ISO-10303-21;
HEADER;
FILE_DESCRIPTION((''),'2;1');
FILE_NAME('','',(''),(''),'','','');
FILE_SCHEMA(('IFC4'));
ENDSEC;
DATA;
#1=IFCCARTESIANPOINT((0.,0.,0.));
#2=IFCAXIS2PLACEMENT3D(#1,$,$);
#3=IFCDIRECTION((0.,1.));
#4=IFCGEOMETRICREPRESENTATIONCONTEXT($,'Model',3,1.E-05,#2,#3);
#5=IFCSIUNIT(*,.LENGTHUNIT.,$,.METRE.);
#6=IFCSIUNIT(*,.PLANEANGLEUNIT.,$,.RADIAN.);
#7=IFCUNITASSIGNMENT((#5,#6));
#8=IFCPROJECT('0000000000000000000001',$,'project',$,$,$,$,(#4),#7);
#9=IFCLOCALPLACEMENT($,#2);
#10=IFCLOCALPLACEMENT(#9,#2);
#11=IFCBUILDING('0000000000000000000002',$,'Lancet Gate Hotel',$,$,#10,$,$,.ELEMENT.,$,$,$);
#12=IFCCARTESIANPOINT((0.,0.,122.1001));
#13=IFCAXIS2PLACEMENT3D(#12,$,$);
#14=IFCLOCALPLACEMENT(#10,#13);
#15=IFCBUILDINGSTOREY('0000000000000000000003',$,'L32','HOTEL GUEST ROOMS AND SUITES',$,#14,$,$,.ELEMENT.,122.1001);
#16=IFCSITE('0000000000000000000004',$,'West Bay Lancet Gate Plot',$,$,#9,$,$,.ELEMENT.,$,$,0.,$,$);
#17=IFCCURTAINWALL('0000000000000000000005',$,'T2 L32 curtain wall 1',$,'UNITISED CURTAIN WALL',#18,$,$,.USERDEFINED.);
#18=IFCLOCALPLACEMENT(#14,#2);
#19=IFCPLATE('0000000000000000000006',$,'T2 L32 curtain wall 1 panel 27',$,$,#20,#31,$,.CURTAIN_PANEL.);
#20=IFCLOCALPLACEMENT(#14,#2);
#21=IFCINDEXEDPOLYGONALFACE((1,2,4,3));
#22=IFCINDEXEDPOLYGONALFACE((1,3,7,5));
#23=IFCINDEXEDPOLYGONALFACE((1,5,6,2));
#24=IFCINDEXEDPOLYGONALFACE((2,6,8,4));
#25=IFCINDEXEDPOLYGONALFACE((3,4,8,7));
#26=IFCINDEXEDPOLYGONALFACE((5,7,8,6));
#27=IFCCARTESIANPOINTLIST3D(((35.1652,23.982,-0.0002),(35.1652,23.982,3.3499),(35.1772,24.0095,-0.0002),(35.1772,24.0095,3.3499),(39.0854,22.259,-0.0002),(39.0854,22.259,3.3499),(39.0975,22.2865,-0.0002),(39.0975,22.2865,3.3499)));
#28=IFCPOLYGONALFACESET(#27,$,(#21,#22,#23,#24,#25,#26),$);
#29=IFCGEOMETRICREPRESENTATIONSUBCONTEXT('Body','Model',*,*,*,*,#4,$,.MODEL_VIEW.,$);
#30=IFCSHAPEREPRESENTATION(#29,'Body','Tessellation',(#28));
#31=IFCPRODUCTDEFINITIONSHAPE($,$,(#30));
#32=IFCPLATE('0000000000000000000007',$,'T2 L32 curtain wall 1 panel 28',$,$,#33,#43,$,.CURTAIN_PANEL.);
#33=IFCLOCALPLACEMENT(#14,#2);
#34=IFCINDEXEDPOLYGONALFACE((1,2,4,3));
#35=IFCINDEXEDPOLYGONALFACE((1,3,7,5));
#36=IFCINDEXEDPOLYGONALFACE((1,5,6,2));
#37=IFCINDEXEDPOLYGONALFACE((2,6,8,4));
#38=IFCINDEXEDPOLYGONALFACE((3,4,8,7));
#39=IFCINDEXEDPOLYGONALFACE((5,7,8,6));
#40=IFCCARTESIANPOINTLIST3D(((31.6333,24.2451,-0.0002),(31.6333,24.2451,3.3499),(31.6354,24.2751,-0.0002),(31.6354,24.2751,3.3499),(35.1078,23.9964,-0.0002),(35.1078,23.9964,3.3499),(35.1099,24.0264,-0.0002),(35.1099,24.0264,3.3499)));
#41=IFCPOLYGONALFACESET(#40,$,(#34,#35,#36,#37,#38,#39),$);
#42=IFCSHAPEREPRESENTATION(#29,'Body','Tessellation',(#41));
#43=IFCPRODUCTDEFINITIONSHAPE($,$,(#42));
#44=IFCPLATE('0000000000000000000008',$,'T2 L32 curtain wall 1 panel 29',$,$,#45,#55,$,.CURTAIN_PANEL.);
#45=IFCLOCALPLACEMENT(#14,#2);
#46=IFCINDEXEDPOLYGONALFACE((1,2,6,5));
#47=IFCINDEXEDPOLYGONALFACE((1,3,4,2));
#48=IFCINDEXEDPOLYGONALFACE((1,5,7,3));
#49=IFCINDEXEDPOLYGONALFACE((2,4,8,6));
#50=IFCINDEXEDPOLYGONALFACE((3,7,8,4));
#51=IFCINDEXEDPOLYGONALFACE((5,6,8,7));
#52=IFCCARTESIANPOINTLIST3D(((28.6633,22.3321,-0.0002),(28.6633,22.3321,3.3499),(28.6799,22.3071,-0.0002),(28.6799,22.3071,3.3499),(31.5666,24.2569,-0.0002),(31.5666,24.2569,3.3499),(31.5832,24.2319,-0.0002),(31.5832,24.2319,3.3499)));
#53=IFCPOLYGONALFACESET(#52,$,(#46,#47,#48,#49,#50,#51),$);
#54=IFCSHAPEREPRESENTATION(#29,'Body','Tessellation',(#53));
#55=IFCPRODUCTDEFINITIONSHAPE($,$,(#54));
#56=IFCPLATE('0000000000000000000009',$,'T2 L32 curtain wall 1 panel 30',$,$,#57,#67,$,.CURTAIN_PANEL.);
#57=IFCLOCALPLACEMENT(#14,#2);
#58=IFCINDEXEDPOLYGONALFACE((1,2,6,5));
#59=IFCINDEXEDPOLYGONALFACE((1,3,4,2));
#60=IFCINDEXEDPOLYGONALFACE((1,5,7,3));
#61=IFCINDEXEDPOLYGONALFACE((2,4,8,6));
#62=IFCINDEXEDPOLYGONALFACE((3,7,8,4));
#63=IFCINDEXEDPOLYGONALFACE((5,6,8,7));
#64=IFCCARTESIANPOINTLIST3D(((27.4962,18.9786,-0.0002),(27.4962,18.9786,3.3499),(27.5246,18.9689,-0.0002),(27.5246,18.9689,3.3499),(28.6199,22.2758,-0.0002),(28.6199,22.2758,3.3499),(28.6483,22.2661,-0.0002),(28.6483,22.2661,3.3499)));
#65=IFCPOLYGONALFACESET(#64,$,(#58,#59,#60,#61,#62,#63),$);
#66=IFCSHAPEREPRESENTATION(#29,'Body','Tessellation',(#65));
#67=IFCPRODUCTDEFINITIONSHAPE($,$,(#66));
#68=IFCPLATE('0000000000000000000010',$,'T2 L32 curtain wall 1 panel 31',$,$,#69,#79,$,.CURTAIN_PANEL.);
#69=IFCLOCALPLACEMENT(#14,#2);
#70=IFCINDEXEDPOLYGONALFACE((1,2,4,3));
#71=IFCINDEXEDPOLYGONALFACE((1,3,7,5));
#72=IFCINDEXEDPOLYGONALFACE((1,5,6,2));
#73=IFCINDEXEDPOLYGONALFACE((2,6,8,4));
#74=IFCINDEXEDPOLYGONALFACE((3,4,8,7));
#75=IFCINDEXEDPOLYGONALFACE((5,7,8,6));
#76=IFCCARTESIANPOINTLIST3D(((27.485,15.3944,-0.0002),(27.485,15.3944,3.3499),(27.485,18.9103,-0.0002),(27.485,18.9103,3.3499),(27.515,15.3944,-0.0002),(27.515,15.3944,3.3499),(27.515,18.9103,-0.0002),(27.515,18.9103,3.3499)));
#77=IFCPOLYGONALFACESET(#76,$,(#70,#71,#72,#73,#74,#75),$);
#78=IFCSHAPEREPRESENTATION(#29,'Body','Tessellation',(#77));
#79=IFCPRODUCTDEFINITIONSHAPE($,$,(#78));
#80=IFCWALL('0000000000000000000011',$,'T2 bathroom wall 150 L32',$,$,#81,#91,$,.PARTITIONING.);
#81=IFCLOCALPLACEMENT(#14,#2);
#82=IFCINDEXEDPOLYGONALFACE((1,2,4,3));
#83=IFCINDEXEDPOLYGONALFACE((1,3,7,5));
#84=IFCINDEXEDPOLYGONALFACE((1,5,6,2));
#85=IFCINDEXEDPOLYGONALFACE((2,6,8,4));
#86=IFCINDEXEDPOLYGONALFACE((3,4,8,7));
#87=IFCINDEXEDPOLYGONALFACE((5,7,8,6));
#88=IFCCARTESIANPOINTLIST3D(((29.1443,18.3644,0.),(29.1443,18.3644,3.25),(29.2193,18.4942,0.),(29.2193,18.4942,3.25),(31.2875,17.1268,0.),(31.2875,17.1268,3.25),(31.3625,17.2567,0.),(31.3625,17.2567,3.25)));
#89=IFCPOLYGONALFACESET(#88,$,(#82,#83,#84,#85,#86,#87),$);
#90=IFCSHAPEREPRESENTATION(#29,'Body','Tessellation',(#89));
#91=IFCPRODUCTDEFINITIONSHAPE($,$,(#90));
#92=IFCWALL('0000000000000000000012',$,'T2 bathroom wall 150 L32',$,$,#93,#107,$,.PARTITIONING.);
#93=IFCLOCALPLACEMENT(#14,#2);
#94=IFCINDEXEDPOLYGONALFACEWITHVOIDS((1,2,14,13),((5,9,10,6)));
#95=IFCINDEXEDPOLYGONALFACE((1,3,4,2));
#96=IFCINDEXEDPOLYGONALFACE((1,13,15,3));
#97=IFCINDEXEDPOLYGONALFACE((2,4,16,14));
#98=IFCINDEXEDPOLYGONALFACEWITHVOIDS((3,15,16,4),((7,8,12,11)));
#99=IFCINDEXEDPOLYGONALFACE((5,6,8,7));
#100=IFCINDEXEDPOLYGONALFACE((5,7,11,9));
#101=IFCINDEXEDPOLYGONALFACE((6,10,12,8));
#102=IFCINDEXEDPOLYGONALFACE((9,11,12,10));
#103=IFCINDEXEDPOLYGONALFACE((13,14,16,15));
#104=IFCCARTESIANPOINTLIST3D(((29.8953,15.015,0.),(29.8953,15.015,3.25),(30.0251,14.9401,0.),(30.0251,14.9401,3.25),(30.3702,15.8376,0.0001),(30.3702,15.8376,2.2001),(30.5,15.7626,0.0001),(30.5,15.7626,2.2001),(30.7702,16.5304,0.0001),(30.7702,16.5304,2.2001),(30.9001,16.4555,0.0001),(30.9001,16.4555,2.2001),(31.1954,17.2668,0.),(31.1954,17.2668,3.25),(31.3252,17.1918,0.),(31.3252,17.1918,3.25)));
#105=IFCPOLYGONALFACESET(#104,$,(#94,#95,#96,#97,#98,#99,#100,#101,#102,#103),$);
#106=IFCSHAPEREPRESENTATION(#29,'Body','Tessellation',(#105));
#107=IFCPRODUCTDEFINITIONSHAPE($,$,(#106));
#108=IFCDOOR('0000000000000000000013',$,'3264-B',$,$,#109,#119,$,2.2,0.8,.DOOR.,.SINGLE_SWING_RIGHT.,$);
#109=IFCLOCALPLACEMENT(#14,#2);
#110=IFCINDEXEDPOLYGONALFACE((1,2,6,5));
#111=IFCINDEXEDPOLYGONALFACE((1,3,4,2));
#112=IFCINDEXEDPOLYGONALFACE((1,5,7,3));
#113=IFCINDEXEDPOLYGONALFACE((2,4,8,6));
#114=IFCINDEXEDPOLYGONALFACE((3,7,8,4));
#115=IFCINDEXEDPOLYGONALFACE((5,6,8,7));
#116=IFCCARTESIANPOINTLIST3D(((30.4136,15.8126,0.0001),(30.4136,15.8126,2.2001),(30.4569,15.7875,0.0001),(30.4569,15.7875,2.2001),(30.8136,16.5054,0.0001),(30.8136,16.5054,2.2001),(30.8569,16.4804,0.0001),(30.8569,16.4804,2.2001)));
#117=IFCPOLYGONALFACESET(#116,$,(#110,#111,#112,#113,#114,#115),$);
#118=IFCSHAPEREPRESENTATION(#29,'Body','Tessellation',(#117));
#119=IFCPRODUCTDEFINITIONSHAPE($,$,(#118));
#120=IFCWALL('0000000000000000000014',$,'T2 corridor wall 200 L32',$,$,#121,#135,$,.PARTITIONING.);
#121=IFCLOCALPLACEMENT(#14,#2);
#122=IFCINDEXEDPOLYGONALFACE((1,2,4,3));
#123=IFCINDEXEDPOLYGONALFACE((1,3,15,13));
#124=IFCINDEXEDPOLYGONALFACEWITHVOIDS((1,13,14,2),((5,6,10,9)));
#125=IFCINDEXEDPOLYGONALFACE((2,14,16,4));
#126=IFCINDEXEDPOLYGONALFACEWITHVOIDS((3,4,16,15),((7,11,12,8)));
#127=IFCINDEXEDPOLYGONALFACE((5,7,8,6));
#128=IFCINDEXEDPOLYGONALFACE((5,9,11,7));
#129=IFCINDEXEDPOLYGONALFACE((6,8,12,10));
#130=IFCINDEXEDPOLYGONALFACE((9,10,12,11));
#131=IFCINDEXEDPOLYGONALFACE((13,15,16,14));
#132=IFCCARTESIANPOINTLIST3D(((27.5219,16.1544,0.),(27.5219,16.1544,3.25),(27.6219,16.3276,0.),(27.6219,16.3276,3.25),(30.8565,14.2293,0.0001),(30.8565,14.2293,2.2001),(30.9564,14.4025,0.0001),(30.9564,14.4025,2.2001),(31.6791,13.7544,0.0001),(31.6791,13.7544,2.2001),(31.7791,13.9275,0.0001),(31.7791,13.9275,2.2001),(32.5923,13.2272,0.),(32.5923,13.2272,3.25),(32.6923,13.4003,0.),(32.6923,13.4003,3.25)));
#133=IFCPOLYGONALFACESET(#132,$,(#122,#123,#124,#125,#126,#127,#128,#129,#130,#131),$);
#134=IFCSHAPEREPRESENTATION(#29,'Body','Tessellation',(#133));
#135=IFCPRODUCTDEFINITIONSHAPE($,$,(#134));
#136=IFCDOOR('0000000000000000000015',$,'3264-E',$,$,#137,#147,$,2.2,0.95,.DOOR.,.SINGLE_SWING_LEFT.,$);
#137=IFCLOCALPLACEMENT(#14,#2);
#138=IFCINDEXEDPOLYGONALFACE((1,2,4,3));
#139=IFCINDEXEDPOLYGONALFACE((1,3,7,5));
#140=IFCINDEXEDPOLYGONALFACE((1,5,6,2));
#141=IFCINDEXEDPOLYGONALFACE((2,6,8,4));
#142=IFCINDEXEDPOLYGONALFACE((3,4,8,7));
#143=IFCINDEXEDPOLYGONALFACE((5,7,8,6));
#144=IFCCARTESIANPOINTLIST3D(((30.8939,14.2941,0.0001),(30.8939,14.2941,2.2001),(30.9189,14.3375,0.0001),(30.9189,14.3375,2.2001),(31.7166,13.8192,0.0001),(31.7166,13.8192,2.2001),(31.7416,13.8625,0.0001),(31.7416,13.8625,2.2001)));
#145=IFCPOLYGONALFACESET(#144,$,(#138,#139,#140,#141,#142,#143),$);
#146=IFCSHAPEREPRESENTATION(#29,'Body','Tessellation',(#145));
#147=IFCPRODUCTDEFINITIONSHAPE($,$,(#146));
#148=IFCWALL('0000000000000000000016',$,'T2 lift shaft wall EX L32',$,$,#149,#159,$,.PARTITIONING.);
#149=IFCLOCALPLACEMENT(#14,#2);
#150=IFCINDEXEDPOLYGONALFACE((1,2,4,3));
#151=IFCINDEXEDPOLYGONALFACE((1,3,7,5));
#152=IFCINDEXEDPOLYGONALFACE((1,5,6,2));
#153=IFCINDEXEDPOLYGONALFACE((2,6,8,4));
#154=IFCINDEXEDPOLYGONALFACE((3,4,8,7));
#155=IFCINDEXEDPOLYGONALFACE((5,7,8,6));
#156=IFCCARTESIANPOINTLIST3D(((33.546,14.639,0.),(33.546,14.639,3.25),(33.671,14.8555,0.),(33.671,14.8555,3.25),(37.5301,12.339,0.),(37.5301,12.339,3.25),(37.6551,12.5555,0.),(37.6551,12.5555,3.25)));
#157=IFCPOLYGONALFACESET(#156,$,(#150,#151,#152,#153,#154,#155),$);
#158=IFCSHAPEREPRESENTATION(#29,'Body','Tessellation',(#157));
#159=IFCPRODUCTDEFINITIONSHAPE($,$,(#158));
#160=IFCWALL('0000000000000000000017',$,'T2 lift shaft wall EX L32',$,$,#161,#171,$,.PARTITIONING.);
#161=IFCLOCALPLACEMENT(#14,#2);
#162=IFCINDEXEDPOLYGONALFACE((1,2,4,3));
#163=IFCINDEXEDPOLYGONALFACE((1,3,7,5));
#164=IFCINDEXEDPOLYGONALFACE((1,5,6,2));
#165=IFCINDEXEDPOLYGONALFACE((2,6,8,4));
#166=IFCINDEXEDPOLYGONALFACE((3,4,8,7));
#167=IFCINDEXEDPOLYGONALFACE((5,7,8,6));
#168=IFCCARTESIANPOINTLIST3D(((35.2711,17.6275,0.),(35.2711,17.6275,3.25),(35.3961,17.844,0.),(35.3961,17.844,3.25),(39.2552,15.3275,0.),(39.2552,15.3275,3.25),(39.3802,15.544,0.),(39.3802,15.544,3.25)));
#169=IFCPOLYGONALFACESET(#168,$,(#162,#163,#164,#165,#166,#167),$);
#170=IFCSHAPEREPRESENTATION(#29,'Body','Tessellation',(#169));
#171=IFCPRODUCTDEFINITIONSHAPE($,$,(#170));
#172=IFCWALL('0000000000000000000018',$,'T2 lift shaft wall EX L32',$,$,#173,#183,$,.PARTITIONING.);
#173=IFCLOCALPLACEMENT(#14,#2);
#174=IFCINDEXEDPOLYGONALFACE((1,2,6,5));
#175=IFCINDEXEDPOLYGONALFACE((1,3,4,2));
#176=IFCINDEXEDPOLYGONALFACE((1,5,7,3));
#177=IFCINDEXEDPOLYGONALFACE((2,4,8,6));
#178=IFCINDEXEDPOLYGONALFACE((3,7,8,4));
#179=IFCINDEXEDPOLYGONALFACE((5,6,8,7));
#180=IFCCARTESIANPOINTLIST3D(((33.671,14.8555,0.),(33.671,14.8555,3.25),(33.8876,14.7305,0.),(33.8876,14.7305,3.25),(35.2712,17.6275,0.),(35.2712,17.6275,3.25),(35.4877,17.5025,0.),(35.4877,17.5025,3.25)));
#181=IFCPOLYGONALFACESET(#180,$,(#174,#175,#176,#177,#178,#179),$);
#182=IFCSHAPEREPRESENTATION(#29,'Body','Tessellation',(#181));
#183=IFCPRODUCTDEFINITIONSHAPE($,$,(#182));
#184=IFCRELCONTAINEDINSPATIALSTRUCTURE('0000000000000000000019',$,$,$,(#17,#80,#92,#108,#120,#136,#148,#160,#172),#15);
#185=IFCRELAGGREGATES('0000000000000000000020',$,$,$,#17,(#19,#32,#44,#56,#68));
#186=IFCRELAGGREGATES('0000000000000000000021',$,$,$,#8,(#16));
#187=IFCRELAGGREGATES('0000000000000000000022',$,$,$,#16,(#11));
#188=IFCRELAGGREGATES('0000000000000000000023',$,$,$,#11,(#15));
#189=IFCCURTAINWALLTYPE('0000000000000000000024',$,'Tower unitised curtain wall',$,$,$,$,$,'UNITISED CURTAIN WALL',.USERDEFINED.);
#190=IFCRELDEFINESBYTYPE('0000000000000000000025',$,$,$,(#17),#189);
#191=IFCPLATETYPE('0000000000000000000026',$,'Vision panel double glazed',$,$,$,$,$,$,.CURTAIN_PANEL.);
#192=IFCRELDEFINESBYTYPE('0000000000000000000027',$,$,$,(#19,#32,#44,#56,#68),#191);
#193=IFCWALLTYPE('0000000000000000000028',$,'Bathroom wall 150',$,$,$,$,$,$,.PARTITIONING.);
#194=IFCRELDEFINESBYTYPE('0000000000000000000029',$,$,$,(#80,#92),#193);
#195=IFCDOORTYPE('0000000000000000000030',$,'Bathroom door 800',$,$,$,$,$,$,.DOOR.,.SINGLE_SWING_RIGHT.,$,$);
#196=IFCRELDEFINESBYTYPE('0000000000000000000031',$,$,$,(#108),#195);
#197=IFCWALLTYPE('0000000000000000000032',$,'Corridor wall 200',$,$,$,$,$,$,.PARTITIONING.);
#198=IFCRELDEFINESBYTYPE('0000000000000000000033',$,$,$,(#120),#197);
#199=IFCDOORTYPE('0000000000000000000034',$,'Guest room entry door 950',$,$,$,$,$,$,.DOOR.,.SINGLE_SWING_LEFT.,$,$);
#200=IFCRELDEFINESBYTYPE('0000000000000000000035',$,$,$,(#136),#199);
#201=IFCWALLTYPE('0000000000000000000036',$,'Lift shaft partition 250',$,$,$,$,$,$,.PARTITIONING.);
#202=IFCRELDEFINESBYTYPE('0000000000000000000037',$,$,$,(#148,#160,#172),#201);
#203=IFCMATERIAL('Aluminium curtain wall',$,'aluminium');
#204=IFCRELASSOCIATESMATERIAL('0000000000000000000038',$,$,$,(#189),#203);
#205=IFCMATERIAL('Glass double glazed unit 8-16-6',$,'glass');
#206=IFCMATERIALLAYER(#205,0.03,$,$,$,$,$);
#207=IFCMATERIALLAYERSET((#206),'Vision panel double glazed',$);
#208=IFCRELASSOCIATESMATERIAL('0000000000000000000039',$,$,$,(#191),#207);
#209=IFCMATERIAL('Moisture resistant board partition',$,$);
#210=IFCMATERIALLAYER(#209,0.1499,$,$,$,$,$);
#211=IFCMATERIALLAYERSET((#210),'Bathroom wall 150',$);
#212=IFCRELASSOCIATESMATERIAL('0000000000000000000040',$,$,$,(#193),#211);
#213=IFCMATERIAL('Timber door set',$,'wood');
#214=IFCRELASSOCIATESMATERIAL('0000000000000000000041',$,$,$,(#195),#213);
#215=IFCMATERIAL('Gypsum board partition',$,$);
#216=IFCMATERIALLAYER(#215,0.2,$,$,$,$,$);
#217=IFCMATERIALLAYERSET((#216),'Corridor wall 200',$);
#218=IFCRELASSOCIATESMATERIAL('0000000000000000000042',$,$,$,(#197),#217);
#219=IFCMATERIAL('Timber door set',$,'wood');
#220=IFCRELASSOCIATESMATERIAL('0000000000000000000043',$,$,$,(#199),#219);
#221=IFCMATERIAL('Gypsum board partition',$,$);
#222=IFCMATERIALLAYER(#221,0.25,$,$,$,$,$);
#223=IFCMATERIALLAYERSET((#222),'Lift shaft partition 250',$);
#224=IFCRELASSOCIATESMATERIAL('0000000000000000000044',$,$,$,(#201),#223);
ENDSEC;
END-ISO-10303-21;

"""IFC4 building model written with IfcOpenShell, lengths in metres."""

from ifc_helpers import new_model, si_unit, direction, frame, frame_2d, origin, origin_2d, place, context, subcontext, project, spatial, rectangle, extrude, material, layer, layer_set, type_object, element, fill, aggregate, save


model = new_model("IFC4")

# Units and contexts
model_context = context("Model", 3, precision=1e-05, world=origin(), true_north=direction((0.0, 1.0)))
body_context = subcontext(model_context, "Body", "Model", "MODEL_VIEW")
ifc_project = project(units=[si_unit("LENGTHUNIT", "METRE"), si_unit("PLANEANGLEUNIT", "RADIAN")], contexts=[model_context])

# Site, building, storey
site_placement = place(None, origin())
site = spatial("IfcSite", under=ifc_project, at=site_placement, Name="West Bay Lancet Gate Plot", CompositionType="ELEMENT", RefElevation=0.0)
building_placement = place(site_placement, origin())
building = spatial("IfcBuilding", under=site, at=building_placement, Name="Lancet Gate Hotel", CompositionType="ELEMENT")
storey_placement = place(building_placement, frame((0.0, 0.0, 122.1001)))
storey = spatial("IfcBuildingStorey", under=building, at=storey_placement, Name="L32", Description="HOTEL GUEST ROOMS AND SUITES", CompositionType="ELEMENT", Elevation=122.1001)

# Curtain wall
ifc_material_1 = material(Name="Aluminium curtain wall", Category="aluminium")
curtain_wall_type = type_object("IfcCurtainWallType", Name="Tower unitised curtain wall", ElementType="UNITISED CURTAIN WALL", PredefinedType="USERDEFINED", material=ifc_material_1)
curtain_wall_placement = place(storey_placement, origin())
curtain_wall = element("IfcCurtainWall", 1, at=curtain_wall_placement, inside=storey, type_object=curtain_wall_type, Name="T2 L32 curtain wall 1", ObjectType="UNITISED CURTAIN WALL", PredefinedType="USERDEFINED")

# Plates
ifc_material_2 = material(Name="Glass double glazed unit 8-16-6", Category="glass")
ifc_layer_1 = layer(ifc_material_2, 0.03)
ifc_layer_set_1 = layer_set([ifc_layer_1], Name="Vision panel double glazed")
plate_type = type_object("IfcPlateType", Name="Vision panel double glazed", PredefinedType="CURTAIN_PANEL", material=ifc_layer_set_1)
plate_1_placement = place(storey_placement, frame((37.1313, 23.1343, -0.0002), z_axis=(0.0, 0.0, 1.0), x_axis=(-0.915479, 0.402367, 0.0)))
plate_1 = element("IfcPlate", 2, at=plate_1_placement, type_object=plate_type, Name="T2 L32 curtain wall 1 panel 27", PredefinedType="CURTAIN_PANEL", context=body_context, shape_type="SweptSolid", body=[
    extrude(rectangle(XDim=4.2822, YDim=0.03, at=origin_2d()), origin(), (0.0, 0.0, 1.0), 3.3501),
])
plate_2_placement = place(storey_placement, frame((33.3716, 24.1357, -0.0002), z_axis=(0.0, 0.0, 1.0), x_axis=(-0.997448, 0.07139, 0.0)))
plate_2 = element("IfcPlate", 3, at=plate_2_placement, type_object=plate_type, Name="T2 L32 curtain wall 1 panel 28", PredefinedType="CURTAIN_PANEL", context=body_context, shape_type="SweptSolid", body=[
    extrude(rectangle(XDim=3.4834, YDim=0.03, at=origin_2d()), origin(), (0.0, 0.0, 1.0), 3.3501),
])
plate_3_placement = place(storey_placement, frame((30.1233, 23.282, -0.0002), z_axis=(0.0, 0.0, 1.0), x_axis=(-0.833465, -0.552573, 0.0)))
plate_3 = element("IfcPlate", 4, at=plate_3_placement, type_object=plate_type, Name="T2 L32 curtain wall 1 panel 29", PredefinedType="CURTAIN_PANEL", context=body_context, shape_type="SweptSolid", body=[
    extrude(rectangle(XDim=3.4834, YDim=0.03, at=origin_2d()), origin(), (0.0, 0.0, 1.0), 3.3501),
])
plate_4_placement = place(storey_placement, frame((28.0723, 20.6223, -0.0002), z_axis=(0.0, 0.0, 1.0), x_axis=(-0.322576, -0.946544, 0.0)))
plate_4 = element("IfcPlate", 5, at=plate_4_placement, type_object=plate_type, Name="T2 L32 curtain wall 1 panel 30", PredefinedType="CURTAIN_PANEL", context=body_context, shape_type="SweptSolid", body=[
    extrude(rectangle(XDim=3.4834, YDim=0.03, at=origin_2d()), origin(), (0.0, 0.0, 1.0), 3.3501),
])
plate_5_placement = place(storey_placement, frame((27.5, 17.1523, -0.0002), z_axis=(0.0, 0.0, 1.0), x_axis=(0.0, -1.0, 0.0)))
plate_5 = element("IfcPlate", 6, at=plate_5_placement, type_object=plate_type, Name="T2 L32 curtain wall 1 panel 31", PredefinedType="CURTAIN_PANEL", context=body_context, shape_type="SweptSolid", body=[
    extrude(rectangle(XDim=3.5159, YDim=0.03, at=origin_2d()), origin(), (0.0, 0.0, 1.0), 3.3501),
])
aggregate(curtain_wall, [plate_1, plate_2, plate_3, plate_4, plate_5])

# Wall
ifc_material_3 = material(Name="Moisture resistant board partition")
ifc_layer_2 = layer(ifc_material_3, 0.1499)
ifc_layer_set_2 = layer_set([ifc_layer_2], Name="Bathroom wall 150")
wall_type_1 = type_object("IfcWallType", Name="Bathroom wall 150", PredefinedType="PARTITIONING", material=ifc_layer_set_2)
wall_1_placement = place(storey_placement, frame((29.1819, 18.4292, 0.0), z_axis=(0.0, 0.0, 1.0), x_axis=(0.866007, -0.500033, 0.0)))
element("IfcWall", 7, at=wall_1_placement, inside=storey, type_object=wall_type_1, Name="T2 bathroom wall 150 L32", PredefinedType="PARTITIONING", context=body_context, shape_type="SweptSolid", body=[
    extrude(rectangle(XDim=2.4749, YDim=0.1499, at=frame_2d((1.2373, 0.0))), origin(), (0.0, 0.0, 1.0), 3.25),
])

# Walls, openings, doors
wall_2_placement = place(storey_placement, frame((29.9602, 14.9775, 0.0), z_axis=(0.0, 0.0, 1.0), x_axis=(0.500007, 0.866021, 0.0)))
wall_2 = element("IfcWall", 8, at=wall_2_placement, inside=storey, type_object=wall_type_1, Name="T2 bathroom wall 150 L32", PredefinedType="PARTITIONING", context=body_context, shape_type="SweptSolid", body=[
    extrude(rectangle(XDim=2.6001, YDim=0.1499, at=frame_2d((1.3, 0.0))), origin(), (0.0, 0.0, 1.0), 3.25),
])
opening_1_placement = place(wall_2_placement, frame((0.95, 0.0, 0.0)))
opening_1 = element("IfcOpeningElement", 9, at=opening_1_placement, cuts=wall_2, PredefinedType="OPENING", context=body_context, shape_type="SweptSolid", body=[
    extrude(rectangle(XDim=0.8, YDim=2.2, at=frame_2d((0.3999, 1.1001))), frame((0.0, 0.085, 0.0), z_axis=(0.0, -1.0, 0.0), x_axis=(1.0, 0.0, 0.0)), (0.0, 0.0, 1.0), 0.1699),
])
ifc_material_4 = material(Name="Timber door set", Category="wood")
door_type_1 = type_object("IfcDoorType", Name="Bathroom door 800", OperationType="SINGLE_SWING_RIGHT", PredefinedType="DOOR", material=ifc_material_4)
door_1_placement = place(opening_1_placement, origin())
door_1 = element("IfcDoor", 10, at=door_1_placement, inside=storey, type_object=door_type_1, Name="3264-B", OperationType="SINGLE_SWING_RIGHT", OverallHeight=2.2, OverallWidth=0.8, PredefinedType="DOOR", context=body_context, shape_type="SweptSolid", body=[
    extrude(rectangle(XDim=0.8, YDim=2.2, at=frame_2d((0.3999, 1.1001))), frame((0.0, 0.0249, 0.0), z_axis=(0.0, -1.0, 0.0), x_axis=(1.0, 0.0, 0.0)), (0.0, 0.0, 1.0), 0.05),
])
fill(opening_1, door_1)
ifc_material_5 = material(Name="Gypsum board partition")
ifc_layer_3 = layer(ifc_material_5, 0.2)
ifc_layer_set_3 = layer_set([ifc_layer_3], Name="Corridor wall 200")
wall_type_2 = type_object("IfcWallType", Name="Corridor wall 200", PredefinedType="PARTITIONING", material=ifc_layer_set_3)
wall_3_placement = place(storey_placement, frame((27.572, 16.241, 0.0), z_axis=(0.0, 0.0, 1.0), x_axis=(0.866033, -0.499987, 0.0)))
wall_3 = element("IfcWall", 11, at=wall_3_placement, inside=storey, type_object=wall_type_2, Name="T2 corridor wall 200 L32", PredefinedType="PARTITIONING", context=body_context, shape_type="SweptSolid", body=[
    extrude(rectangle(XDim=5.8547, YDim=0.2, at=frame_2d((2.9272, 0.0))), origin(), (0.0, 0.0, 1.0), 3.25),
])
opening_2_placement = place(wall_3_placement, frame((3.8501, 0.0, 0.0)))
opening_2 = element("IfcOpeningElement", 12, at=opening_2_placement, cuts=wall_3, PredefinedType="OPENING", context=body_context, shape_type="SweptSolid", body=[
    extrude(rectangle(XDim=0.95, YDim=2.2, at=frame_2d((0.4751, 1.1001))), frame((0.0, 0.1099, 0.0), z_axis=(0.0, -1.0, 0.0), x_axis=(1.0, 0.0, 0.0)), (0.0, 0.0, 1.0), 0.22),
])
ifc_material_6 = material(Name="Timber door set", Category="wood")
door_type_2 = type_object("IfcDoorType", Name="Guest room entry door 950", OperationType="SINGLE_SWING_LEFT", PredefinedType="DOOR", material=ifc_material_6)
door_2_placement = place(opening_2_placement, origin())
door_2 = element("IfcDoor", 13, at=door_2_placement, inside=storey, type_object=door_type_2, Name="3264-E", OperationType="SINGLE_SWING_LEFT", OverallHeight=2.2, OverallWidth=0.95, PredefinedType="DOOR", context=body_context, shape_type="SweptSolid", body=[
    extrude(rectangle(XDim=0.95, YDim=2.2, at=frame_2d((0.4751, 1.1001))), frame((0.0, 0.0249, 0.0), z_axis=(0.0, -1.0, 0.0), x_axis=(1.0, 0.0, 0.0)), (0.0, 0.0, 1.0), 0.05),
])
fill(opening_2, door_2)

# Walls
ifc_material_7 = material(Name="Gypsum board partition")
ifc_layer_4 = layer(ifc_material_7, 0.25)
ifc_layer_set_4 = layer_set([ifc_layer_4], Name="Lift shaft partition 250")
wall_type_3 = type_object("IfcWallType", Name="Lift shaft partition 250", PredefinedType="PARTITIONING", material=ifc_layer_set_4)
for number, where, z_axis, x_axis, name in (
    (14, (33.6084, 14.7473, 0.0), (0.0, 0.0, 1.0), (0.866043, -0.499969, 0.0), "T2 lift shaft wall EX L32"),
    (15, (35.3335, 17.7358, 0.0), (0.0, 0.0, 1.0), (0.866043, -0.499969, 0.0), "T2 lift shaft wall EX L32"),
):
    element("IfcWall", number, at=place(storey_placement, frame(where, z_axis=z_axis, x_axis=x_axis)), inside=storey, type_object=wall_type_3, Name=name, PredefinedType="PARTITIONING", context=body_context, shape_type="SweptSolid", body=[
        extrude(rectangle(XDim=4.6003, YDim=0.25, at=frame_2d((2.3003, 0.0))), origin(), (0.0, 0.0, 1.0), 3.25),
    ])
wall_4_placement = place(storey_placement, frame((33.7793, 14.793, 0.0), z_axis=(0.0, 0.0, 1.0), x_axis=(0.499929, 0.866066, 0.0)))
element("IfcWall", 16, at=wall_4_placement, inside=storey, type_object=wall_type_3, Name="T2 lift shaft wall EX L32", PredefinedType="PARTITIONING", context=body_context, shape_type="SweptSolid", body=[
    extrude(rectangle(XDim=3.2007, YDim=0.25, at=frame_2d((1.6003, 0.0))), origin(), (0.0, 0.0, 1.0), 3.25),
])

save(model, "model.ifc")
